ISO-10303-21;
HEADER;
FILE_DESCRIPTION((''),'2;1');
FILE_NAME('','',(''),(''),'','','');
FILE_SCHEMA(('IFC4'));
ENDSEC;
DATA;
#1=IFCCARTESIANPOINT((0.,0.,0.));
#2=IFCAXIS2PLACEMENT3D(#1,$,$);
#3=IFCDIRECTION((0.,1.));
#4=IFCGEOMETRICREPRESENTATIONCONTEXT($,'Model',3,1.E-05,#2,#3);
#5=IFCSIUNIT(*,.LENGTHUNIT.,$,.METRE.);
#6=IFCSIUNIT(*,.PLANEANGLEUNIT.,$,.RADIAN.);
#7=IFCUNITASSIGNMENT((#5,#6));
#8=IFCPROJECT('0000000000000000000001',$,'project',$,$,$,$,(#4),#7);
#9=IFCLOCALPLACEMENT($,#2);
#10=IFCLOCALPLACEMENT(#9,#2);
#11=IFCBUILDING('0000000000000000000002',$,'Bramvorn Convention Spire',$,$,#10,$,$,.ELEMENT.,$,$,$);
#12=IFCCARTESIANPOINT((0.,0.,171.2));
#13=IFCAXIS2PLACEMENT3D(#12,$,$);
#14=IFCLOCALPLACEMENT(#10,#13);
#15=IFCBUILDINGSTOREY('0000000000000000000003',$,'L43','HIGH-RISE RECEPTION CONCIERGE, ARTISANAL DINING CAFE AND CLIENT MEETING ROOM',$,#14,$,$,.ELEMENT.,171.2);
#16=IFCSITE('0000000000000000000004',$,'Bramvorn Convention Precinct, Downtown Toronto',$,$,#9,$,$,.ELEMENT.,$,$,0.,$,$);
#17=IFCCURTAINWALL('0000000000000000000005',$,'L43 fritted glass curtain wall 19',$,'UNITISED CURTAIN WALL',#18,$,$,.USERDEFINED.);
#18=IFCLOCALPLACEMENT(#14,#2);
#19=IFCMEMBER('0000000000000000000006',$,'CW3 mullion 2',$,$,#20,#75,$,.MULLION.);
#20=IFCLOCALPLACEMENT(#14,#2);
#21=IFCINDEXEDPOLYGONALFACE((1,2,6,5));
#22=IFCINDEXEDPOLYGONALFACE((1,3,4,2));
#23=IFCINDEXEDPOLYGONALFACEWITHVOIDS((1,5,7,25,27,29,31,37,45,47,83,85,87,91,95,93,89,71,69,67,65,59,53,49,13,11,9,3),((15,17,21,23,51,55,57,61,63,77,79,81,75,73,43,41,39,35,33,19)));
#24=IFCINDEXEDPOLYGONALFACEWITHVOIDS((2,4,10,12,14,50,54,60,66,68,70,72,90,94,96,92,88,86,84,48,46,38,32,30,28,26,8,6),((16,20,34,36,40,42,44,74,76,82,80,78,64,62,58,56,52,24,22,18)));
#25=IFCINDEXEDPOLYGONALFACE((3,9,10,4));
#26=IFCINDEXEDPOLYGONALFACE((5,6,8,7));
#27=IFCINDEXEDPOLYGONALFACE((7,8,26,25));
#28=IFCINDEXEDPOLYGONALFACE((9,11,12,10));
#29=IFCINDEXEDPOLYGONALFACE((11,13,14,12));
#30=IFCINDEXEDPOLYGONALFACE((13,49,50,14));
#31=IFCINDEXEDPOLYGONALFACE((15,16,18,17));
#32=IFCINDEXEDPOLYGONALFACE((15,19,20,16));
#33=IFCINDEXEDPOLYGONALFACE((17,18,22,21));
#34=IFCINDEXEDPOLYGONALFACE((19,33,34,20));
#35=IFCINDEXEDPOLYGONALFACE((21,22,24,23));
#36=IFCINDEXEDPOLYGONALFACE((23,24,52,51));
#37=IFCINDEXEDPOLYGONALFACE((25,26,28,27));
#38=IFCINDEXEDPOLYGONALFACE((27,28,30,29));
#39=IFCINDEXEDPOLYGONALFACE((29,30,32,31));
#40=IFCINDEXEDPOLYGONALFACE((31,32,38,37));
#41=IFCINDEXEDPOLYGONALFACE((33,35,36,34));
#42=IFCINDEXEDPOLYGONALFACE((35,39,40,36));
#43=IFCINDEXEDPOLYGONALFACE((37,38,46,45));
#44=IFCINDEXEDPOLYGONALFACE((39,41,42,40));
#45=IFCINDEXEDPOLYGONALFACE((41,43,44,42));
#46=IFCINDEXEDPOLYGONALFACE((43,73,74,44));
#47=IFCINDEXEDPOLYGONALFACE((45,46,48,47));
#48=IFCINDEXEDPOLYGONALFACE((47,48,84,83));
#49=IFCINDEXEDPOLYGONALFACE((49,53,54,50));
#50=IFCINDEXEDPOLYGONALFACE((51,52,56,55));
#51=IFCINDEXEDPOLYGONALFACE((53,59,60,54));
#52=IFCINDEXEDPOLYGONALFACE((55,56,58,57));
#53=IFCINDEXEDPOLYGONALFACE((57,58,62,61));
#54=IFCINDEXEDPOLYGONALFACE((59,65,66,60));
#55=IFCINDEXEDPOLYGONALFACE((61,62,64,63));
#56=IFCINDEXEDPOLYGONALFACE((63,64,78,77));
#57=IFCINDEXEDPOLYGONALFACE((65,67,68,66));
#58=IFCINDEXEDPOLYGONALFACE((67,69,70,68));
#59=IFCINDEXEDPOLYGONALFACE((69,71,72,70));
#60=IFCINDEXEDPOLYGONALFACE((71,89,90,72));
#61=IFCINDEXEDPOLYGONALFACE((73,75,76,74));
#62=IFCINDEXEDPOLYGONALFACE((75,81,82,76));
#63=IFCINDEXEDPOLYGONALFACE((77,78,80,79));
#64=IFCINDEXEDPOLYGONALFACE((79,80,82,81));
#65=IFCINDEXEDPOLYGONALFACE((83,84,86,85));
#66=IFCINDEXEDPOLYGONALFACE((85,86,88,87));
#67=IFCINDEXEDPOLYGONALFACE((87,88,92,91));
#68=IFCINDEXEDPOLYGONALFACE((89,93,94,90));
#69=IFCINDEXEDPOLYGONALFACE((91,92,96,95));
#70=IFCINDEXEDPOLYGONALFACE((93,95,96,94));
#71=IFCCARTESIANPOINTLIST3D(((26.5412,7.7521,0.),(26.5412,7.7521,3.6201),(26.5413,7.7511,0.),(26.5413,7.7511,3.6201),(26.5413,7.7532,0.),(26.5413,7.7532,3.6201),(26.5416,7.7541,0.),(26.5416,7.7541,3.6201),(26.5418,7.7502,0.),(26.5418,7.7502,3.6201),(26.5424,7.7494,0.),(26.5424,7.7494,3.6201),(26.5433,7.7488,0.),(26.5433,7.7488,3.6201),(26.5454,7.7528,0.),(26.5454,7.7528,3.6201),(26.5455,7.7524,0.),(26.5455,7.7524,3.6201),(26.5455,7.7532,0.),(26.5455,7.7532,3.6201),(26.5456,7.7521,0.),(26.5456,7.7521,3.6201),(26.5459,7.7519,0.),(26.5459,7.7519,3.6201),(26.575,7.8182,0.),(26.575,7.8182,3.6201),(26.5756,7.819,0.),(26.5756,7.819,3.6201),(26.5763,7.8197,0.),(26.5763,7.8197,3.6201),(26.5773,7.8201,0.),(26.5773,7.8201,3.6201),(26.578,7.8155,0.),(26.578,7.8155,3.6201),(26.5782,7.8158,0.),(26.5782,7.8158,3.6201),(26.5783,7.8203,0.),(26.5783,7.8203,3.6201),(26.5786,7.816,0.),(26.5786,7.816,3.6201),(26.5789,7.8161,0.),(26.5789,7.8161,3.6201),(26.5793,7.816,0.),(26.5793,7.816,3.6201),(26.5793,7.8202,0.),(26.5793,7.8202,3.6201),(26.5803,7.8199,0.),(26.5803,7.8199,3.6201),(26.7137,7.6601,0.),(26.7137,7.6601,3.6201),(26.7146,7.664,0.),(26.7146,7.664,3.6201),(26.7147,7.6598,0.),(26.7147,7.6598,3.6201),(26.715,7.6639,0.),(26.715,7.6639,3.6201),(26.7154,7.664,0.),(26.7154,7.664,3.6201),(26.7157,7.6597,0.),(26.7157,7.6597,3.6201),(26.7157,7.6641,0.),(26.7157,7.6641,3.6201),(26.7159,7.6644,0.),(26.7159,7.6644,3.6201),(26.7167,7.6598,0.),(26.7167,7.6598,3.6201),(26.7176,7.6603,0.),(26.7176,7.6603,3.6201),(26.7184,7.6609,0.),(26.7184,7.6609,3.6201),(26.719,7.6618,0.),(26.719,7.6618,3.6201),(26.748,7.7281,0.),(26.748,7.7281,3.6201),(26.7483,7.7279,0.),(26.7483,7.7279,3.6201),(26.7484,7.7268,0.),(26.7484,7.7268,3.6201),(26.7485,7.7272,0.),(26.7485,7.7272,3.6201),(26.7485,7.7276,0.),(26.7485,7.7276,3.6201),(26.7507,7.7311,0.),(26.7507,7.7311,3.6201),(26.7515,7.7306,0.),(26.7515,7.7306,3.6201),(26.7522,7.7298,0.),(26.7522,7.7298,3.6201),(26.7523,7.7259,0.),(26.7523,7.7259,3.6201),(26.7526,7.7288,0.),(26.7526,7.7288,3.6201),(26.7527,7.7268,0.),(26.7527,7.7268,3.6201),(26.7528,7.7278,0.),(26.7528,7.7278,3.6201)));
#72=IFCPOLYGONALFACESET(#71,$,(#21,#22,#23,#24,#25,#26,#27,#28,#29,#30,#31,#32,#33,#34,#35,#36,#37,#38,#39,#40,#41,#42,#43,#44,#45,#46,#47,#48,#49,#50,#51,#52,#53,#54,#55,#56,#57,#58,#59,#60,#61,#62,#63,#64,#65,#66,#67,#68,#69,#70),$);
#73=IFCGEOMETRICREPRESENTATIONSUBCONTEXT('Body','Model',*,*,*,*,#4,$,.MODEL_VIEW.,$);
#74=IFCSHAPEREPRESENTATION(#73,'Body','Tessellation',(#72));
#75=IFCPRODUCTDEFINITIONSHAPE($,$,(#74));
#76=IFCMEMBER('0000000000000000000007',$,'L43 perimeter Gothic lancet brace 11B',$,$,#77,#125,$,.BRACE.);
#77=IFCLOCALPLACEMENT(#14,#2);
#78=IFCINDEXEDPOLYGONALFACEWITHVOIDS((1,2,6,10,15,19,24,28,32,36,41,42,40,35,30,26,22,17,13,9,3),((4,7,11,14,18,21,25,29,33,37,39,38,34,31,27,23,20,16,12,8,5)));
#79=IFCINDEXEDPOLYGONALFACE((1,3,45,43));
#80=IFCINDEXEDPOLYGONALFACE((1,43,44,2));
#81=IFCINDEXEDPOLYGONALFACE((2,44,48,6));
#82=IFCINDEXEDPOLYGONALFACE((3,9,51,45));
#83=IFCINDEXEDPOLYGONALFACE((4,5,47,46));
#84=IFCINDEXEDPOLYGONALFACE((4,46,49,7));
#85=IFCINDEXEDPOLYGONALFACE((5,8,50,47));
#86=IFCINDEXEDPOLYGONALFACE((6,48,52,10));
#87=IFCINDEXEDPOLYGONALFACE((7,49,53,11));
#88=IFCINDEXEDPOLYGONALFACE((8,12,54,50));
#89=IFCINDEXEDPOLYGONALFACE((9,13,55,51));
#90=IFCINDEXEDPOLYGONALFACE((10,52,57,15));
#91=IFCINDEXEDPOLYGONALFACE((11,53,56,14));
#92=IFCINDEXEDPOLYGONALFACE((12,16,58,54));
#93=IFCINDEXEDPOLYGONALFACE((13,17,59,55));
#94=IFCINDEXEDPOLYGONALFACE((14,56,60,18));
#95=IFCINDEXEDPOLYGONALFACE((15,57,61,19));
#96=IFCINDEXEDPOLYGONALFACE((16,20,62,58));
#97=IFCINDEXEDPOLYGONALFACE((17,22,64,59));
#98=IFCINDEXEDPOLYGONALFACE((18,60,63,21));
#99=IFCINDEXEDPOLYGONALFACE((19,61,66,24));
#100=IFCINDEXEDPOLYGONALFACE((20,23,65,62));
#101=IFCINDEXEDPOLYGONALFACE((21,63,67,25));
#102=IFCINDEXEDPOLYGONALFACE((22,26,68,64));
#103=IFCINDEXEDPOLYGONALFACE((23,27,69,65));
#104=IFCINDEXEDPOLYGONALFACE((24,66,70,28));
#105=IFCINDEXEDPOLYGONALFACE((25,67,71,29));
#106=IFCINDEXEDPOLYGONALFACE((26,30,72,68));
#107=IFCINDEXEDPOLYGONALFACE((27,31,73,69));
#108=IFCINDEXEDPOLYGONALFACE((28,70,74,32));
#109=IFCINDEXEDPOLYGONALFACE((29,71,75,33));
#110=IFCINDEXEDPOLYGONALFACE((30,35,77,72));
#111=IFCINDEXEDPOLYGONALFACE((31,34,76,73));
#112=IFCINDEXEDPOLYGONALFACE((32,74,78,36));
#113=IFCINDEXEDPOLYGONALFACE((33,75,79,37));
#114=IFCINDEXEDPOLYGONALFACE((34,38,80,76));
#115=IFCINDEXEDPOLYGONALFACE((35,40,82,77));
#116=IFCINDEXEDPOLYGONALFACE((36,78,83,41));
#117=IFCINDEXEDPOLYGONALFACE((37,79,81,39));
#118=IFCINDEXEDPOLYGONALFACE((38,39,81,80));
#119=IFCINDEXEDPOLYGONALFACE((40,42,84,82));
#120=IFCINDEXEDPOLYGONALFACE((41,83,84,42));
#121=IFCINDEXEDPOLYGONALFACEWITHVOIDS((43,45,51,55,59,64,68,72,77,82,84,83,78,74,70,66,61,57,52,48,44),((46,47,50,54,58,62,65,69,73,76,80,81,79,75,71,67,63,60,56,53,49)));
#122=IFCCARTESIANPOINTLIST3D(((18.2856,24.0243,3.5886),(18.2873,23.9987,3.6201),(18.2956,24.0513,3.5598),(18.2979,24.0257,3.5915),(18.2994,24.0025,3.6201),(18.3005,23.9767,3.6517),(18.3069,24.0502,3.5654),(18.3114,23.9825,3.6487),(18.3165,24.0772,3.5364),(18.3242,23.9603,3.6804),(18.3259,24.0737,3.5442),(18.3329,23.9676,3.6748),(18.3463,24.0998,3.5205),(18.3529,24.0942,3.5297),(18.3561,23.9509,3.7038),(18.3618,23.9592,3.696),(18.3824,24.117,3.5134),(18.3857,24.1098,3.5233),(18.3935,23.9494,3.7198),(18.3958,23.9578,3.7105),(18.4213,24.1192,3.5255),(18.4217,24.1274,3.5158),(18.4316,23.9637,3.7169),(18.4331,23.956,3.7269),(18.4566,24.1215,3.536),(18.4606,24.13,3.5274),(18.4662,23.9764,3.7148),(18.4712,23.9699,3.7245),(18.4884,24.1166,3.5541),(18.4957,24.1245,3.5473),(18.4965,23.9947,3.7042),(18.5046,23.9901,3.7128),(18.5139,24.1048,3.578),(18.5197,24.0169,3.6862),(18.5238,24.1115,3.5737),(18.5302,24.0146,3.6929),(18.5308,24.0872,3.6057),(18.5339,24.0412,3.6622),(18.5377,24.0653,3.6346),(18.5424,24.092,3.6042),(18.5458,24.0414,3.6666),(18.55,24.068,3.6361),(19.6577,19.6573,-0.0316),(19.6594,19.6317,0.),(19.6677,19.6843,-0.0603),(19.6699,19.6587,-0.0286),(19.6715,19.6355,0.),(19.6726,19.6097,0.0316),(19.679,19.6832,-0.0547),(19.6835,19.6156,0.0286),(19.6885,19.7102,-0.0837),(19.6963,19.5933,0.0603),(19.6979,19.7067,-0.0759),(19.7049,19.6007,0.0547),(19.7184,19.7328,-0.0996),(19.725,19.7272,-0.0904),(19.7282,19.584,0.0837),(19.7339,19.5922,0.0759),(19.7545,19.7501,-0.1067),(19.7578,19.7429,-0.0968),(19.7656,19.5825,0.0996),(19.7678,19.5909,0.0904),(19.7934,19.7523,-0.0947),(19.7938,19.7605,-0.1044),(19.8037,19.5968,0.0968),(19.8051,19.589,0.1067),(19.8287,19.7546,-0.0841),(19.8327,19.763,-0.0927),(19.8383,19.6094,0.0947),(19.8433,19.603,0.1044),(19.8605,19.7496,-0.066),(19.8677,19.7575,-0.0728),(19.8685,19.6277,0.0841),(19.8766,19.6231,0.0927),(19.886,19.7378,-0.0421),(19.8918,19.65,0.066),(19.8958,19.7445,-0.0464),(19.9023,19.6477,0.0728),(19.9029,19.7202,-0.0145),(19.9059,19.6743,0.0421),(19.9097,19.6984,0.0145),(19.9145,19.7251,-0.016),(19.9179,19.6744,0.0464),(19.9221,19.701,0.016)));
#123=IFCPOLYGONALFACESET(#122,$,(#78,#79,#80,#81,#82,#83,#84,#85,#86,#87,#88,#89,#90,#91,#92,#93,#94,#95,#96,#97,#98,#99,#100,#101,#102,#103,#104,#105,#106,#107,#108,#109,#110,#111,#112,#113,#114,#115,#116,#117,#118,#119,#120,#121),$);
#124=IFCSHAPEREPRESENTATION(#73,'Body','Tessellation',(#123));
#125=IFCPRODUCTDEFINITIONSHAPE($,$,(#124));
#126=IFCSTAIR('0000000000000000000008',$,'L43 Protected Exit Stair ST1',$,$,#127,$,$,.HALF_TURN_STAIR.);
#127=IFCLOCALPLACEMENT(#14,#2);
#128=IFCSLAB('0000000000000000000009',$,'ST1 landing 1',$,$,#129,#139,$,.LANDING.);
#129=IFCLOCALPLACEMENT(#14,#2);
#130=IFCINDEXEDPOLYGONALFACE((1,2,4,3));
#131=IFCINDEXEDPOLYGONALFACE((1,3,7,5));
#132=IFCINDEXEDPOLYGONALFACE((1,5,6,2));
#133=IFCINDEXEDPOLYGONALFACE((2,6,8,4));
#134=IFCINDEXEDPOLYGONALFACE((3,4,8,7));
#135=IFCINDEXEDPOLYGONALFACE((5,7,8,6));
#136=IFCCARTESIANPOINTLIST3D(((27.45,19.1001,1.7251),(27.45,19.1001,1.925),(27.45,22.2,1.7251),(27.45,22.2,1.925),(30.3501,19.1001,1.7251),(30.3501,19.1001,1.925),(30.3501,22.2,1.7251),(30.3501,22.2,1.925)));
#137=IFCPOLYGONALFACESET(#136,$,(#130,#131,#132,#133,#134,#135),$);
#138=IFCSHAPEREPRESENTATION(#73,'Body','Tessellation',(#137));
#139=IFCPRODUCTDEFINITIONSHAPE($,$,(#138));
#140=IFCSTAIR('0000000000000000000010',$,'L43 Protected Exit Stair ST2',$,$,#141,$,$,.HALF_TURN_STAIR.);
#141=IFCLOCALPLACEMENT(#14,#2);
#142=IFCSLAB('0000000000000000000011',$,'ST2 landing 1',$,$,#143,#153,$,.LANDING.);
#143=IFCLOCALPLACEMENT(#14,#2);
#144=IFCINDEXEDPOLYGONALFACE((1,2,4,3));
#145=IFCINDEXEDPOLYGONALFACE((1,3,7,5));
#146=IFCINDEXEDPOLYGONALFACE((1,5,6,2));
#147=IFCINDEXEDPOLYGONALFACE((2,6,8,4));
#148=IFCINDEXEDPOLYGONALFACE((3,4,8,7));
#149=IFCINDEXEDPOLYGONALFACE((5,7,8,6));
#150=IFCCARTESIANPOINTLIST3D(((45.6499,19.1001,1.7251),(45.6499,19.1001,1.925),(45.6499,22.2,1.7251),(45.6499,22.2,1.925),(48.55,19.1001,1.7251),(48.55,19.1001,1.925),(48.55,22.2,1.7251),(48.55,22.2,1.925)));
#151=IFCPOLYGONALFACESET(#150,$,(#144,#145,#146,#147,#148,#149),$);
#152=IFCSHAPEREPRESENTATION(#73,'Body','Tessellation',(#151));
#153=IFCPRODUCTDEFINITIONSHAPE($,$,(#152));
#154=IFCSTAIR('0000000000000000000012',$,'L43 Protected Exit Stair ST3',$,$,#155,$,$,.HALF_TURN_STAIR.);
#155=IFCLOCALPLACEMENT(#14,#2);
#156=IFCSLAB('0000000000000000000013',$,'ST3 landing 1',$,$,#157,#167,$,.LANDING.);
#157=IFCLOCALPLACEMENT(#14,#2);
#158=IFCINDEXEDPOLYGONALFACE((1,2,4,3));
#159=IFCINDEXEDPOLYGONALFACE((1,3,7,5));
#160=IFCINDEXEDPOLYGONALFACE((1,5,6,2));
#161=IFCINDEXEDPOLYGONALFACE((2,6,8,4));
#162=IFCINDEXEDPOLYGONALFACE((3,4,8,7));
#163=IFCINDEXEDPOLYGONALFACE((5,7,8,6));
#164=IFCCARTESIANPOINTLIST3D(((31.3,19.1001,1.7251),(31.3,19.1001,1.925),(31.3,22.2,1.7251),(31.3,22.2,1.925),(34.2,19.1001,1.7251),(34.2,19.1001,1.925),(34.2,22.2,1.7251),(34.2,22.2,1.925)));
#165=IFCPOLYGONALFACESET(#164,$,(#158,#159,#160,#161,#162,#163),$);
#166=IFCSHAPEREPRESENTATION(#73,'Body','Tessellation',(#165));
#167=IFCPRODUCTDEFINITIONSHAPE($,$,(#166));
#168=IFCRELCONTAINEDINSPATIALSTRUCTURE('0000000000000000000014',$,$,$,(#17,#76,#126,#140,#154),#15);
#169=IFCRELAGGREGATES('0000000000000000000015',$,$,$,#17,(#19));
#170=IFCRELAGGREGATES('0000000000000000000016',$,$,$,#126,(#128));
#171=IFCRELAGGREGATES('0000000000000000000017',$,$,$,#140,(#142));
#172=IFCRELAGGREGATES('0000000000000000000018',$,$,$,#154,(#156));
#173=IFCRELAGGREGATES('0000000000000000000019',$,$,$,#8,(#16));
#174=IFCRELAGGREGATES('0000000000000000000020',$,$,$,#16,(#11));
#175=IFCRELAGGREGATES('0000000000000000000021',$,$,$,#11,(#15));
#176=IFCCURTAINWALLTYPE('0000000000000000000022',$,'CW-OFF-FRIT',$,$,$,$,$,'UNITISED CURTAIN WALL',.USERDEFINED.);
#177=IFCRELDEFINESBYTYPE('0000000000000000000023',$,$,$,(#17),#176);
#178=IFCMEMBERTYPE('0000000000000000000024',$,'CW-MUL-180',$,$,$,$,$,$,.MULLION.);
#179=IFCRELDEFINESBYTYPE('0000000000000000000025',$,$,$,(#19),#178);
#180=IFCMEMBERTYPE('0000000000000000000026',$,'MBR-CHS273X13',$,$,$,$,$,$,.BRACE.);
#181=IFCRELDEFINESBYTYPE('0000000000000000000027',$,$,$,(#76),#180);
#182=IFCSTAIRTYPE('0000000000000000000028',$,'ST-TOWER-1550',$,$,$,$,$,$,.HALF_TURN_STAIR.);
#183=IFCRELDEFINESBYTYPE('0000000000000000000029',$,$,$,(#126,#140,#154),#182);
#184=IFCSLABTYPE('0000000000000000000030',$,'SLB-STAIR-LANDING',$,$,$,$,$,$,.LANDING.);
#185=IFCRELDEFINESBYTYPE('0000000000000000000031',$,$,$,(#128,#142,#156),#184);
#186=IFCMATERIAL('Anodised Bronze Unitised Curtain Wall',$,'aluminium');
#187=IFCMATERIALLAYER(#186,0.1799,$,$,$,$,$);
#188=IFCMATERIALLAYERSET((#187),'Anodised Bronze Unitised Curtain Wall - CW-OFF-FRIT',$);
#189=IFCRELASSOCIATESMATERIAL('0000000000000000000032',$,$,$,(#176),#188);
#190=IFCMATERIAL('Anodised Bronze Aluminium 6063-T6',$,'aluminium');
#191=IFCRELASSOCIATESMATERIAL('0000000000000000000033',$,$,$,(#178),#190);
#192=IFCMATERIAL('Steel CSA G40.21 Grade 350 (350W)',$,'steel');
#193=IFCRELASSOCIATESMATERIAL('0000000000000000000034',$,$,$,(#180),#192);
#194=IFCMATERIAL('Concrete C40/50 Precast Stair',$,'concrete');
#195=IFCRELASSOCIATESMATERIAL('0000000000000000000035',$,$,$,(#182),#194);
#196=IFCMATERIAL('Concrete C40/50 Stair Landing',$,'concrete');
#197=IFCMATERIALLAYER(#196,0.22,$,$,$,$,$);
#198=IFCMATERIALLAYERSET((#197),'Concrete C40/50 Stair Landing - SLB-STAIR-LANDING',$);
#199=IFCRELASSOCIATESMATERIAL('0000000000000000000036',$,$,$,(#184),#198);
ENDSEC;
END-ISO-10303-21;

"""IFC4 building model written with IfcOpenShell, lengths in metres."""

from ifc_helpers import new_model, si_unit, direction, frame, origin, origin_2d, place, context, subcontext, project, spatial, polyline, hollow_rectangle, hollow_circle, outline, extrude, material, layer, layer_set, material_profile, profile_set, type_object, element, aggregate, save


model = new_model("IFC4")

# Units and contexts
model_context = context("Model", 3, precision=1e-05, world=origin(), true_north=direction((0.0, 1.0)))
body_context = subcontext(model_context, "Body", "Model", "MODEL_VIEW")
ifc_project = project(units=[si_unit("LENGTHUNIT", "METRE"), si_unit("PLANEANGLEUNIT", "RADIAN")], contexts=[model_context])

# Site, building, storey
site_placement = place(None, origin())
site = spatial("IfcSite", under=ifc_project, at=site_placement, Name="Bramvorn Convention Precinct, Downtown Toronto", CompositionType="ELEMENT", RefElevation=0.0)
building_placement = place(site_placement, origin())
building = spatial("IfcBuilding", under=site, at=building_placement, Name="Bramvorn Convention Spire", CompositionType="ELEMENT")
storey_placement = place(building_placement, frame((0.0, 0.0, 171.2)))
storey = spatial("IfcBuildingStorey", under=building, at=storey_placement, Name="L43", Description="HIGH-RISE RECEPTION CONCIERGE, ARTISANAL DINING CAFE AND CLIENT MEETING ROOM", CompositionType="ELEMENT", Elevation=171.2)

# Shared definitions
ifc_material_1 = material(Name="Steel CSA G40.21 Grade 350 (350W)", Category="steel")

# Curtain wall, member
ifc_material_2 = material(Name="Anodised Bronze Unitised Curtain Wall", Category="aluminium")
ifc_layer_1 = layer(ifc_material_2, 0.1799)
ifc_layer_set_1 = layer_set([ifc_layer_1], Name="Anodised Bronze Unitised Curtain Wall - CW-OFF-FRIT")
curtain_wall_type = type_object("IfcCurtainWallType", Name="CW-OFF-FRIT", ElementType="UNITISED CURTAIN WALL", PredefinedType="USERDEFINED", material=ifc_layer_set_1)
curtain_wall_placement = place(storey_placement, origin())
curtain_wall = element("IfcCurtainWall", 1, at=curtain_wall_placement, inside=storey, type_object=curtain_wall_type, Name="L43 fritted glass curtain wall 19", ObjectType="UNITISED CURTAIN WALL", PredefinedType="USERDEFINED")
ifc_material_3 = material(Name="Anodised Bronze Aluminium 6063-T6", Category="aluminium")
ifc_material_profile_1 = material_profile(ifc_material_3, hollow_rectangle(XDim=0.0801, YDim=0.2, WallThickness=0.0039, InnerFilletRadius=0.001, OuterFilletRadius=0.0039, at=origin_2d()))
ifc_profile_set_1 = profile_set([ifc_material_profile_1], Name="Anodised Bronze Aluminium 6063-T6 - CWM80X200")
member_type_1 = type_object("IfcMemberType", Name="CW-MUL-180", PredefinedType="MULLION", material=ifc_profile_set_1)
member_1_placement = place(storey_placement, frame((26.647, 7.74, 0.0), z_axis=(0.0, 0.0, 1.0), x_axis=(-0.461813, -0.886978, 0.0)))
member_1 = element("IfcMember", 2, at=member_1_placement, type_object=member_type_1, Name="CW3 mullion 2", PredefinedType="MULLION", context=body_context, shape_type="SweptSolid", body=[
    extrude(hollow_rectangle(XDim=0.0801, YDim=0.2, WallThickness=0.0039, InnerFilletRadius=0.001, OuterFilletRadius=0.0039, at=origin_2d()), origin(), (0.0, 0.0, 1.0), 3.6201),
])
aggregate(curtain_wall, [member_1])

# Member
ifc_material_profile_2 = material_profile(ifc_material_1, hollow_circle(Radius=0.1365, WallThickness=0.0127, at=origin_2d()))
ifc_profile_set_2 = profile_set([ifc_material_profile_2], Name="Steel CSA G40.21 Grade 350 (350W) - CHS273X13")
member_type_2 = type_object("IfcMemberType", Name="MBR-CHS273X13", PredefinedType="BRACE", material=ifc_profile_set_2)
member_2_placement = place(storey_placement, frame((19.7896, 19.6726, 0.0), z_axis=(-0.235108, 0.748286, 0.620316), x_axis=(-0.954019, -0.299748, 0.0)))
element("IfcMember", 3, at=member_2_placement, inside=storey, type_object=member_type_2, Name="L43 perimeter Gothic lancet brace 11B", PredefinedType="BRACE", context=body_context, shape_type="SweptSolid", body=[
    extrude(hollow_circle(Radius=0.1365, WallThickness=0.0127, at=origin_2d()), origin(), (0.0, 0.0, 1.0), 5.8359),
])

# Stairs, slabs
ifc_material_4 = material(Name="Concrete C40/50 Precast Stair", Category="concrete")
stair_type = type_object("IfcStairType", Name="ST-TOWER-1550", PredefinedType="HALF_TURN_STAIR", material=ifc_material_4)
stair_1_placement = place(storey_placement, origin())
stair_1 = element("IfcStair", 4, at=stair_1_placement, inside=storey, type_object=stair_type, Name="L43 Protected Exit Stair ST1", PredefinedType="HALF_TURN_STAIR")
ifc_material_5 = material(Name="Concrete C40/50 Stair Landing", Category="concrete")
ifc_layer_2 = layer(ifc_material_5, 0.22)
ifc_layer_set_2 = layer_set([ifc_layer_2], Name="Concrete C40/50 Stair Landing - SLB-STAIR-LANDING")
slab_type_1 = type_object("IfcSlabType", Name="SLB-STAIR-LANDING", PredefinedType="LANDING", material=ifc_layer_set_2)
slab_1_placement = place(storey_placement, frame((0.0, 0.0, 1.7251)))
slab_1 = element("IfcSlab", 5, at=slab_1_placement, type_object=slab_type_1, Name="ST1 landing 1", PredefinedType="LANDING", context=body_context, shape_type="SweptSolid", body=[
    extrude(outline(polyline([(27.45, 22.2), (27.45, 19.1001), (30.3501, 19.1001), (30.3501, 22.2), (27.45, 22.2)])), origin(), (0.0, 0.0, 1.0), 0.2),
])
aggregate(stair_1, [slab_1])
stair_2_placement = place(storey_placement, origin())
stair_2 = element("IfcStair", 6, at=stair_2_placement, inside=storey, type_object=stair_type, Name="L43 Protected Exit Stair ST2", PredefinedType="HALF_TURN_STAIR")
slab_2_placement = place(storey_placement, frame((0.0, 0.0, 1.7251)))
slab_2 = element("IfcSlab", 7, at=slab_2_placement, type_object=slab_type_1, Name="ST2 landing 1", PredefinedType="LANDING", context=body_context, shape_type="SweptSolid", body=[
    extrude(outline(polyline([(45.6499, 22.2), (45.6499, 19.1001), (48.55, 19.1001), (48.55, 22.2), (45.6499, 22.2)])), origin(), (0.0, 0.0, 1.0), 0.2),
])
aggregate(stair_2, [slab_2])
stair_3_placement = place(storey_placement, origin())
stair_3 = element("IfcStair", 8, at=stair_3_placement, inside=storey, type_object=stair_type, Name="L43 Protected Exit Stair ST3", PredefinedType="HALF_TURN_STAIR")
slab_3_placement = place(storey_placement, frame((0.0, 0.0, 1.7251)))
slab_3 = element("IfcSlab", 9, at=slab_3_placement, type_object=slab_type_1, Name="ST3 landing 1", PredefinedType="LANDING", context=body_context, shape_type="SweptSolid", body=[
    extrude(outline(polyline([(31.3, 22.2), (31.3, 19.1001), (34.2, 19.1001), (34.2, 22.2), (31.3, 22.2)])), origin(), (0.0, 0.0, 1.0), 0.2),
])
aggregate(stair_3, [slab_3])

save(model, "model.ifc")
